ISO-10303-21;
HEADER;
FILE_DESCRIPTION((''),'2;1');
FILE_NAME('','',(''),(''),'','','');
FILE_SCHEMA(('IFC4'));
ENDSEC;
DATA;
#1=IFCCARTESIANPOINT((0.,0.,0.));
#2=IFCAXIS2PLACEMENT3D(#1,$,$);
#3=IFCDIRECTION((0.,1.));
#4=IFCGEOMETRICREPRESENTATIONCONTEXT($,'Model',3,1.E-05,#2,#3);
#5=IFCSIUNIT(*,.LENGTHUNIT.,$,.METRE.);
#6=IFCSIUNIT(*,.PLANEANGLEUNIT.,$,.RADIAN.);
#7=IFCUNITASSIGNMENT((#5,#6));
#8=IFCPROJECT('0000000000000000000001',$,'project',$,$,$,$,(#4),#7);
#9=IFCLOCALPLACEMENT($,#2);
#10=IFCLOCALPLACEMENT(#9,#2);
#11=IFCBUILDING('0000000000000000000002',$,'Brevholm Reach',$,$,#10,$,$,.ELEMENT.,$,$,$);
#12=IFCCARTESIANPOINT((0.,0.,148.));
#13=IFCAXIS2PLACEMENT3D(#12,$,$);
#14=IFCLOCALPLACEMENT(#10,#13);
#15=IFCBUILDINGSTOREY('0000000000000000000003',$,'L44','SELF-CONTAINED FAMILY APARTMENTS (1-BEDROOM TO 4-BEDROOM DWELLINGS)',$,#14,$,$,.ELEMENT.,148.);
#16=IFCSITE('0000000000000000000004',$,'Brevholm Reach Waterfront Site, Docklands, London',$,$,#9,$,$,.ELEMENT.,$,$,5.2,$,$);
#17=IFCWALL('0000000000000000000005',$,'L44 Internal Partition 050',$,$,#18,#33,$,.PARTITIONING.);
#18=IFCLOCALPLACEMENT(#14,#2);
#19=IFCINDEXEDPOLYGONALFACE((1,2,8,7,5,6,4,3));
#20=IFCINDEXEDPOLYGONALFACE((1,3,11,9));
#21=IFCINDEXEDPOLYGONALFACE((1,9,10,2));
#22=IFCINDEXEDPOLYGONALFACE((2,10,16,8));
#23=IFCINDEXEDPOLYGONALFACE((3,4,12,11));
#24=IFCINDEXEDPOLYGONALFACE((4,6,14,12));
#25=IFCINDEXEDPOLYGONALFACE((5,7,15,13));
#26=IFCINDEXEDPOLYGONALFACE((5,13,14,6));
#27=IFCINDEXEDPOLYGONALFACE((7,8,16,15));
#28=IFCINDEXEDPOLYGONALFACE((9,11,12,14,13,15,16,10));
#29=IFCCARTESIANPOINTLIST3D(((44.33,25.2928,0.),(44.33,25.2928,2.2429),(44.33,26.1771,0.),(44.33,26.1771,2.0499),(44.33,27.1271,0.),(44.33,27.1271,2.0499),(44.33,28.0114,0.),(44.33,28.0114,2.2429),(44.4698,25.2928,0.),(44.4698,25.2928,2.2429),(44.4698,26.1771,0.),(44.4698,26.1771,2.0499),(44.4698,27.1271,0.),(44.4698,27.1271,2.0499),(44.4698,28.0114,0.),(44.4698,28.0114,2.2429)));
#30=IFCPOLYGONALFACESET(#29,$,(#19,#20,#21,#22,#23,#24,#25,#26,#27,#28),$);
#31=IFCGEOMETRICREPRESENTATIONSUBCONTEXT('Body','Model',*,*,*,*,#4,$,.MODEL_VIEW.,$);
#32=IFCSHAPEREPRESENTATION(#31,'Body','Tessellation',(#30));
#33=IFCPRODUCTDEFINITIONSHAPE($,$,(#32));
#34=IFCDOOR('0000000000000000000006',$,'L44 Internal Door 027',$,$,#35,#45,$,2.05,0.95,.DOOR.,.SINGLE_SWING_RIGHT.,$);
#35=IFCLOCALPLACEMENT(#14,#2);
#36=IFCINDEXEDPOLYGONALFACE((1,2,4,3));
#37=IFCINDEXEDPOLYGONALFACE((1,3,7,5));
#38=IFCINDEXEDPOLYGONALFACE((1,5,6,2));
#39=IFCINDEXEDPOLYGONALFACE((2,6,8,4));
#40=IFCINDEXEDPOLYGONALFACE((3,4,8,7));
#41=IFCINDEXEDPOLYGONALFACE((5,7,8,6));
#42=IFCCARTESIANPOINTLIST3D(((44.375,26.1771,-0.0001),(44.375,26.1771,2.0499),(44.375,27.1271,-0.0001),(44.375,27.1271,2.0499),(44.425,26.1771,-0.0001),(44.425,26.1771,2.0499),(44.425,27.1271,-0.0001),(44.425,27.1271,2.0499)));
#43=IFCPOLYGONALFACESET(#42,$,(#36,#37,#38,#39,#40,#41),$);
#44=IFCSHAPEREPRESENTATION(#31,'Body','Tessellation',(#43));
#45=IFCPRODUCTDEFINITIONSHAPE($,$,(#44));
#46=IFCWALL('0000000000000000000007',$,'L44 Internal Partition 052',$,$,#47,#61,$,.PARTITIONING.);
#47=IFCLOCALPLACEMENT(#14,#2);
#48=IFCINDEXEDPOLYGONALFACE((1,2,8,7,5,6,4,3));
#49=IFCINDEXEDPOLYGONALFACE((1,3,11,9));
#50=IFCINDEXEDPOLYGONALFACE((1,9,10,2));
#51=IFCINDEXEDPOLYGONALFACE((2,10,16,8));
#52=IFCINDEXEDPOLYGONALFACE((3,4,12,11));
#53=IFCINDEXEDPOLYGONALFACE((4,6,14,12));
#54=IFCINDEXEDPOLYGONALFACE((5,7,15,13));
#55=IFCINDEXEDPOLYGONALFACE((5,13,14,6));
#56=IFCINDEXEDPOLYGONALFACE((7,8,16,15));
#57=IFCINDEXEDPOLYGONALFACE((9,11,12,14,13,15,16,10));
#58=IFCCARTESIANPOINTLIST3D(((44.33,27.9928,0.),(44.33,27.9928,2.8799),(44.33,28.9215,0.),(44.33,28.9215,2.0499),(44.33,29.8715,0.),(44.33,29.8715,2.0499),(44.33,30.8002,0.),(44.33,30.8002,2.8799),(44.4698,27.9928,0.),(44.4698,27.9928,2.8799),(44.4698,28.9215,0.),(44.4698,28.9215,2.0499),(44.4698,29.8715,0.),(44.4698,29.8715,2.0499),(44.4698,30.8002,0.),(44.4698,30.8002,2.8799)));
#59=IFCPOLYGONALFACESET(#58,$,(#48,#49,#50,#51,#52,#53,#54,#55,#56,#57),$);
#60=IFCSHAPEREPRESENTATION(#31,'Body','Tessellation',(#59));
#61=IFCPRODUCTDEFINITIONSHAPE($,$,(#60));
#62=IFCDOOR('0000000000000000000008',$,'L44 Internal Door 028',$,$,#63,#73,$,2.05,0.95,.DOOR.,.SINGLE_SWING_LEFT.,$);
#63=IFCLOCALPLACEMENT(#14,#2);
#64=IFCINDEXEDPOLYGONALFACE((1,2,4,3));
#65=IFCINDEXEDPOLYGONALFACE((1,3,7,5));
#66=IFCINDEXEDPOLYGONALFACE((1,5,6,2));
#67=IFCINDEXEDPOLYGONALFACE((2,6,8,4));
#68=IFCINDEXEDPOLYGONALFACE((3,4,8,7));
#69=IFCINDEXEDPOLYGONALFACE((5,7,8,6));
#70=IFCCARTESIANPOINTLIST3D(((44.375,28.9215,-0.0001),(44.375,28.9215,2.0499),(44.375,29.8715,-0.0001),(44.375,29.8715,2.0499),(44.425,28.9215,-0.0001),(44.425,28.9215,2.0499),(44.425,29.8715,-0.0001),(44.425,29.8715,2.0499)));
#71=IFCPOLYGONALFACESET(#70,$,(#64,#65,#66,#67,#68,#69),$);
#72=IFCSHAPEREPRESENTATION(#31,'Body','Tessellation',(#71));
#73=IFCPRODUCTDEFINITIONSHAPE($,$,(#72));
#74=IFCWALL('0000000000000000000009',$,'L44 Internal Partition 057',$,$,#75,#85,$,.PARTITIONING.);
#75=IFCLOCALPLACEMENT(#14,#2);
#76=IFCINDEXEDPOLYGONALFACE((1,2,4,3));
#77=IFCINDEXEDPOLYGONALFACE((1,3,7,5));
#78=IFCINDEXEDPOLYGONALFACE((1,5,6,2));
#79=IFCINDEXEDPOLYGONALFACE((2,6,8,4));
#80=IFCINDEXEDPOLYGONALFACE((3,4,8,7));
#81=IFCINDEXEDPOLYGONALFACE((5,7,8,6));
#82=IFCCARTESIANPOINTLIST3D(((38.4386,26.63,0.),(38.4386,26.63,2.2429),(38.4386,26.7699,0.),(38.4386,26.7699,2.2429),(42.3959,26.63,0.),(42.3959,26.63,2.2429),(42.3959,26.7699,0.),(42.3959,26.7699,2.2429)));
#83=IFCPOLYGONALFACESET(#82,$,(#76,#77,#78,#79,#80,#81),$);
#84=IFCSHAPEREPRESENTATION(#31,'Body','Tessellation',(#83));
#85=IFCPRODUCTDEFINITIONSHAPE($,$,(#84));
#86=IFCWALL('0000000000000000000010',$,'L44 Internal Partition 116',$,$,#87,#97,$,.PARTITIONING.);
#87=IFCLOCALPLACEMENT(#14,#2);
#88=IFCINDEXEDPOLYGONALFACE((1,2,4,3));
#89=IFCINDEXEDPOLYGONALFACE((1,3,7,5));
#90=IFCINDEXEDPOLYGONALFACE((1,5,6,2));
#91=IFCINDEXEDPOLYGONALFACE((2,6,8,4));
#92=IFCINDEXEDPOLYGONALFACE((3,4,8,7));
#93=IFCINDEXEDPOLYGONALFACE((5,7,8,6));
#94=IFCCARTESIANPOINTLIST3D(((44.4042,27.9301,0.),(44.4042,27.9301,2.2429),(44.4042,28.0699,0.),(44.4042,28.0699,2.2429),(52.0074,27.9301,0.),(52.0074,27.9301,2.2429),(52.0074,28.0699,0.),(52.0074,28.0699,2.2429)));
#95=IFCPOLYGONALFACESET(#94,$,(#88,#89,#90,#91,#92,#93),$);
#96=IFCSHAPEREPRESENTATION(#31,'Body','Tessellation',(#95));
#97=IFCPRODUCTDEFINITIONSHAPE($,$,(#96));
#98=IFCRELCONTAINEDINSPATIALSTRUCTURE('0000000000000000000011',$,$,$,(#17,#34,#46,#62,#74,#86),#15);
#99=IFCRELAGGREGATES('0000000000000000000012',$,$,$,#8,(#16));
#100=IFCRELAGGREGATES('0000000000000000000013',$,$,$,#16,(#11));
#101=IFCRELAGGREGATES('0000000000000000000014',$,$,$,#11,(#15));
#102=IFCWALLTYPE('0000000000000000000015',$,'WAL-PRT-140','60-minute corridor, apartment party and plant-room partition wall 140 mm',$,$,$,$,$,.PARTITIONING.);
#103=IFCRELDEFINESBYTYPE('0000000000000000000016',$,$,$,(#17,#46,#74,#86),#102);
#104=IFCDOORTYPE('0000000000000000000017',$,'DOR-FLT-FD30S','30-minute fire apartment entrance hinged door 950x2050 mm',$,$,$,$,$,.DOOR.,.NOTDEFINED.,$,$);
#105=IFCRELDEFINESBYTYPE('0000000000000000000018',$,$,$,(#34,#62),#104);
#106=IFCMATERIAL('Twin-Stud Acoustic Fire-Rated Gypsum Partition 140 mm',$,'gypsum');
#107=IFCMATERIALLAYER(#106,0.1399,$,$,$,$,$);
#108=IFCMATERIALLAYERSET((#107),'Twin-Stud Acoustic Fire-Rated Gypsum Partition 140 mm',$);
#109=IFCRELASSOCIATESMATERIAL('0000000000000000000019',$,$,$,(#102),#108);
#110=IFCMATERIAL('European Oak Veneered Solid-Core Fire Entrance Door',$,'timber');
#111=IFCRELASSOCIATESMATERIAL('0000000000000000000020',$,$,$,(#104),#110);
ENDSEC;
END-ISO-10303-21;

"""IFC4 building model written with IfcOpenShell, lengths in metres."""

from ifc_helpers import new_model, si_unit, direction, frame, frame_2d, origin, place, context, subcontext, project, spatial, rectangle, extrude, material, layer, layer_set, type_object, element, fill, save


model = new_model("IFC4")

# Units and contexts
model_context = context("Model", 3, precision=1e-05, world=origin(), true_north=direction((0.0, 1.0)))
body_context = subcontext(model_context, "Body", "Model", "MODEL_VIEW")
ifc_project = project(units=[si_unit("LENGTHUNIT", "METRE"), si_unit("PLANEANGLEUNIT", "RADIAN")], contexts=[model_context])

# Site, building, storey
site_placement = place(None, origin())
site = spatial("IfcSite", under=ifc_project, at=site_placement, Name="Brevholm Reach Waterfront Site, Docklands, London", CompositionType="ELEMENT", RefElevation=5.2)
building_placement = place(site_placement, origin())
building = spatial("IfcBuilding", under=site, at=building_placement, Name="Brevholm Reach", CompositionType="ELEMENT")
storey_placement = place(building_placement, frame((0.0, 0.0, 148.0)))
storey = spatial("IfcBuildingStorey", under=building, at=storey_placement, Name="L44", Description="SELF-CONTAINED FAMILY APARTMENTS (1-BEDROOM TO 4-BEDROOM DWELLINGS)", CompositionType="ELEMENT", Elevation=148.0)

# Walls, openings, doors
ifc_material_1 = material(Name="Twin-Stud Acoustic Fire-Rated Gypsum Partition 140 mm", Category="gypsum")
ifc_layer_1 = layer(ifc_material_1, 0.1399)
ifc_layer_set_1 = layer_set([ifc_layer_1], Name="Twin-Stud Acoustic Fire-Rated Gypsum Partition 140 mm")
wall_type_1 = type_object("IfcWallType", Name="WAL-PRT-140", Description="60-minute corridor, apartment party and plant-room partition wall 140 mm", PredefinedType="PARTITIONING", material=ifc_layer_set_1)
wall_1_placement = place(storey_placement, frame((44.3999, 25.2927, 0.0), z_axis=(0.0, 0.0, 1.0), x_axis=(0.0, 1.0, 0.0)))
wall_1 = element("IfcWall", 1, at=wall_1_placement, inside=storey, type_object=wall_type_1, Name="L44 Internal Partition 050", PredefinedType="PARTITIONING", context=body_context, shape_type="SweptSolid", body=[
    extrude(rectangle(XDim=2.7185, YDim=0.1399, at=frame_2d((1.3594, 0.0))), origin(), (0.0, 0.0, 1.0), 2.2429),
])
opening_1_placement = place(wall_1_placement, frame((0.8843, 0.0, 0.0)))
opening_1 = element("IfcOpeningElement", 2, at=opening_1_placement, cuts=wall_1, PredefinedType="OPENING", context=body_context, shape_type="SweptSolid", body=[
    extrude(rectangle(XDim=0.95, YDim=2.05, at=frame_2d((0.4751, 1.0249))), frame((0.0, 0.0798, 0.0), z_axis=(0.0, -1.0, 0.0), x_axis=(1.0, 0.0, 0.0)), (0.0, 0.0, 1.0), 0.1599),
])
ifc_material_2 = material(Name="European Oak Veneered Solid-Core Fire Entrance Door", Category="timber")
door_type_1 = type_object("IfcDoorType", Name="DOR-FLT-FD30S", Description="30-minute fire apartment entrance hinged door 950x2050 mm", OperationType="NOTDEFINED", PredefinedType="DOOR", material=ifc_material_2)
door_1_placement = place(opening_1_placement, origin())
door_1 = element("IfcDoor", 3, at=door_1_placement, inside=storey, type_object=door_type_1, Name="L44 Internal Door 027", OperationType="SINGLE_SWING_RIGHT", OverallHeight=2.05, OverallWidth=0.95, PredefinedType="DOOR", context=body_context, shape_type="SweptSolid", body=[
    extrude(rectangle(XDim=0.95, YDim=2.05, at=frame_2d((0.4751, 1.0249))), frame((0.0, 0.0249, 0.0), z_axis=(0.0, -1.0, 0.0), x_axis=(1.0, 0.0, 0.0)), (0.0, 0.0, 1.0), 0.05),
])
fill(opening_1, door_1)
wall_2_placement = place(storey_placement, frame((44.3999, 27.9927, 0.0), z_axis=(0.0, 0.0, 1.0), x_axis=(0.0, 1.0, 0.0)))
wall_2 = element("IfcWall", 4, at=wall_2_placement, inside=storey, type_object=wall_type_1, Name="L44 Internal Partition 052", PredefinedType="PARTITIONING", context=body_context, shape_type="SweptSolid", body=[
    extrude(rectangle(XDim=2.8074, YDim=0.1399, at=frame_2d((1.4038, 0.0))), origin(), (0.0, 0.0, 1.0), 2.8799),
])
opening_2_placement = place(wall_2_placement, frame((0.9287, 0.0, 0.0)))
opening_2 = element("IfcOpeningElement", 5, at=opening_2_placement, cuts=wall_2, PredefinedType="OPENING", context=body_context, shape_type="SweptSolid", body=[
    extrude(rectangle(XDim=0.95, YDim=2.05, at=frame_2d((0.4751, 1.0249))), frame((0.0, 0.0798, 0.0), z_axis=(0.0, -1.0, 0.0), x_axis=(1.0, 0.0, 0.0)), (0.0, 0.0, 1.0), 0.1599),
])
door_2_placement = place(opening_2_placement, origin())
door_2 = element("IfcDoor", 6, at=door_2_placement, inside=storey, type_object=door_type_1, Name="L44 Internal Door 028", OperationType="SINGLE_SWING_LEFT", OverallHeight=2.05, OverallWidth=0.95, PredefinedType="DOOR", context=body_context, shape_type="SweptSolid", body=[
    extrude(rectangle(XDim=0.95, YDim=2.05, at=frame_2d((0.4751, 1.0249))), frame((0.0, 0.0249, 0.0), z_axis=(0.0, -1.0, 0.0), x_axis=(1.0, 0.0, 0.0)), (0.0, 0.0, 1.0), 0.05),
])
fill(opening_2, door_2)

# Walls
wall_3_placement = place(storey_placement, frame((38.4387, 26.7, 0.0), z_axis=(0.0, 0.0, 1.0), x_axis=(1.0, 0.0, 0.0)))
element("IfcWall", 7, at=wall_3_placement, inside=storey, type_object=wall_type_1, Name="L44 Internal Partition 057", PredefinedType="PARTITIONING", context=body_context, shape_type="SweptSolid", body=[
    extrude(rectangle(XDim=3.9573, YDim=0.1399, at=frame_2d((1.9785, 0.0))), origin(), (0.0, 0.0, 1.0), 2.2429),
])
wall_4_placement = place(storey_placement, frame((44.4041, 28.0, 0.0), z_axis=(0.0, 0.0, 1.0), x_axis=(1.0, 0.0, 0.0)))
element("IfcWall", 8, at=wall_4_placement, inside=storey, type_object=wall_type_1, Name="L44 Internal Partition 116", PredefinedType="PARTITIONING", context=body_context, shape_type="SweptSolid", body=[
    extrude(rectangle(XDim=7.6033, YDim=0.1399, at=frame_2d((3.8018, 0.0))), origin(), (0.0, 0.0, 1.0), 2.2429),
])

save(model, "model.ifc")
